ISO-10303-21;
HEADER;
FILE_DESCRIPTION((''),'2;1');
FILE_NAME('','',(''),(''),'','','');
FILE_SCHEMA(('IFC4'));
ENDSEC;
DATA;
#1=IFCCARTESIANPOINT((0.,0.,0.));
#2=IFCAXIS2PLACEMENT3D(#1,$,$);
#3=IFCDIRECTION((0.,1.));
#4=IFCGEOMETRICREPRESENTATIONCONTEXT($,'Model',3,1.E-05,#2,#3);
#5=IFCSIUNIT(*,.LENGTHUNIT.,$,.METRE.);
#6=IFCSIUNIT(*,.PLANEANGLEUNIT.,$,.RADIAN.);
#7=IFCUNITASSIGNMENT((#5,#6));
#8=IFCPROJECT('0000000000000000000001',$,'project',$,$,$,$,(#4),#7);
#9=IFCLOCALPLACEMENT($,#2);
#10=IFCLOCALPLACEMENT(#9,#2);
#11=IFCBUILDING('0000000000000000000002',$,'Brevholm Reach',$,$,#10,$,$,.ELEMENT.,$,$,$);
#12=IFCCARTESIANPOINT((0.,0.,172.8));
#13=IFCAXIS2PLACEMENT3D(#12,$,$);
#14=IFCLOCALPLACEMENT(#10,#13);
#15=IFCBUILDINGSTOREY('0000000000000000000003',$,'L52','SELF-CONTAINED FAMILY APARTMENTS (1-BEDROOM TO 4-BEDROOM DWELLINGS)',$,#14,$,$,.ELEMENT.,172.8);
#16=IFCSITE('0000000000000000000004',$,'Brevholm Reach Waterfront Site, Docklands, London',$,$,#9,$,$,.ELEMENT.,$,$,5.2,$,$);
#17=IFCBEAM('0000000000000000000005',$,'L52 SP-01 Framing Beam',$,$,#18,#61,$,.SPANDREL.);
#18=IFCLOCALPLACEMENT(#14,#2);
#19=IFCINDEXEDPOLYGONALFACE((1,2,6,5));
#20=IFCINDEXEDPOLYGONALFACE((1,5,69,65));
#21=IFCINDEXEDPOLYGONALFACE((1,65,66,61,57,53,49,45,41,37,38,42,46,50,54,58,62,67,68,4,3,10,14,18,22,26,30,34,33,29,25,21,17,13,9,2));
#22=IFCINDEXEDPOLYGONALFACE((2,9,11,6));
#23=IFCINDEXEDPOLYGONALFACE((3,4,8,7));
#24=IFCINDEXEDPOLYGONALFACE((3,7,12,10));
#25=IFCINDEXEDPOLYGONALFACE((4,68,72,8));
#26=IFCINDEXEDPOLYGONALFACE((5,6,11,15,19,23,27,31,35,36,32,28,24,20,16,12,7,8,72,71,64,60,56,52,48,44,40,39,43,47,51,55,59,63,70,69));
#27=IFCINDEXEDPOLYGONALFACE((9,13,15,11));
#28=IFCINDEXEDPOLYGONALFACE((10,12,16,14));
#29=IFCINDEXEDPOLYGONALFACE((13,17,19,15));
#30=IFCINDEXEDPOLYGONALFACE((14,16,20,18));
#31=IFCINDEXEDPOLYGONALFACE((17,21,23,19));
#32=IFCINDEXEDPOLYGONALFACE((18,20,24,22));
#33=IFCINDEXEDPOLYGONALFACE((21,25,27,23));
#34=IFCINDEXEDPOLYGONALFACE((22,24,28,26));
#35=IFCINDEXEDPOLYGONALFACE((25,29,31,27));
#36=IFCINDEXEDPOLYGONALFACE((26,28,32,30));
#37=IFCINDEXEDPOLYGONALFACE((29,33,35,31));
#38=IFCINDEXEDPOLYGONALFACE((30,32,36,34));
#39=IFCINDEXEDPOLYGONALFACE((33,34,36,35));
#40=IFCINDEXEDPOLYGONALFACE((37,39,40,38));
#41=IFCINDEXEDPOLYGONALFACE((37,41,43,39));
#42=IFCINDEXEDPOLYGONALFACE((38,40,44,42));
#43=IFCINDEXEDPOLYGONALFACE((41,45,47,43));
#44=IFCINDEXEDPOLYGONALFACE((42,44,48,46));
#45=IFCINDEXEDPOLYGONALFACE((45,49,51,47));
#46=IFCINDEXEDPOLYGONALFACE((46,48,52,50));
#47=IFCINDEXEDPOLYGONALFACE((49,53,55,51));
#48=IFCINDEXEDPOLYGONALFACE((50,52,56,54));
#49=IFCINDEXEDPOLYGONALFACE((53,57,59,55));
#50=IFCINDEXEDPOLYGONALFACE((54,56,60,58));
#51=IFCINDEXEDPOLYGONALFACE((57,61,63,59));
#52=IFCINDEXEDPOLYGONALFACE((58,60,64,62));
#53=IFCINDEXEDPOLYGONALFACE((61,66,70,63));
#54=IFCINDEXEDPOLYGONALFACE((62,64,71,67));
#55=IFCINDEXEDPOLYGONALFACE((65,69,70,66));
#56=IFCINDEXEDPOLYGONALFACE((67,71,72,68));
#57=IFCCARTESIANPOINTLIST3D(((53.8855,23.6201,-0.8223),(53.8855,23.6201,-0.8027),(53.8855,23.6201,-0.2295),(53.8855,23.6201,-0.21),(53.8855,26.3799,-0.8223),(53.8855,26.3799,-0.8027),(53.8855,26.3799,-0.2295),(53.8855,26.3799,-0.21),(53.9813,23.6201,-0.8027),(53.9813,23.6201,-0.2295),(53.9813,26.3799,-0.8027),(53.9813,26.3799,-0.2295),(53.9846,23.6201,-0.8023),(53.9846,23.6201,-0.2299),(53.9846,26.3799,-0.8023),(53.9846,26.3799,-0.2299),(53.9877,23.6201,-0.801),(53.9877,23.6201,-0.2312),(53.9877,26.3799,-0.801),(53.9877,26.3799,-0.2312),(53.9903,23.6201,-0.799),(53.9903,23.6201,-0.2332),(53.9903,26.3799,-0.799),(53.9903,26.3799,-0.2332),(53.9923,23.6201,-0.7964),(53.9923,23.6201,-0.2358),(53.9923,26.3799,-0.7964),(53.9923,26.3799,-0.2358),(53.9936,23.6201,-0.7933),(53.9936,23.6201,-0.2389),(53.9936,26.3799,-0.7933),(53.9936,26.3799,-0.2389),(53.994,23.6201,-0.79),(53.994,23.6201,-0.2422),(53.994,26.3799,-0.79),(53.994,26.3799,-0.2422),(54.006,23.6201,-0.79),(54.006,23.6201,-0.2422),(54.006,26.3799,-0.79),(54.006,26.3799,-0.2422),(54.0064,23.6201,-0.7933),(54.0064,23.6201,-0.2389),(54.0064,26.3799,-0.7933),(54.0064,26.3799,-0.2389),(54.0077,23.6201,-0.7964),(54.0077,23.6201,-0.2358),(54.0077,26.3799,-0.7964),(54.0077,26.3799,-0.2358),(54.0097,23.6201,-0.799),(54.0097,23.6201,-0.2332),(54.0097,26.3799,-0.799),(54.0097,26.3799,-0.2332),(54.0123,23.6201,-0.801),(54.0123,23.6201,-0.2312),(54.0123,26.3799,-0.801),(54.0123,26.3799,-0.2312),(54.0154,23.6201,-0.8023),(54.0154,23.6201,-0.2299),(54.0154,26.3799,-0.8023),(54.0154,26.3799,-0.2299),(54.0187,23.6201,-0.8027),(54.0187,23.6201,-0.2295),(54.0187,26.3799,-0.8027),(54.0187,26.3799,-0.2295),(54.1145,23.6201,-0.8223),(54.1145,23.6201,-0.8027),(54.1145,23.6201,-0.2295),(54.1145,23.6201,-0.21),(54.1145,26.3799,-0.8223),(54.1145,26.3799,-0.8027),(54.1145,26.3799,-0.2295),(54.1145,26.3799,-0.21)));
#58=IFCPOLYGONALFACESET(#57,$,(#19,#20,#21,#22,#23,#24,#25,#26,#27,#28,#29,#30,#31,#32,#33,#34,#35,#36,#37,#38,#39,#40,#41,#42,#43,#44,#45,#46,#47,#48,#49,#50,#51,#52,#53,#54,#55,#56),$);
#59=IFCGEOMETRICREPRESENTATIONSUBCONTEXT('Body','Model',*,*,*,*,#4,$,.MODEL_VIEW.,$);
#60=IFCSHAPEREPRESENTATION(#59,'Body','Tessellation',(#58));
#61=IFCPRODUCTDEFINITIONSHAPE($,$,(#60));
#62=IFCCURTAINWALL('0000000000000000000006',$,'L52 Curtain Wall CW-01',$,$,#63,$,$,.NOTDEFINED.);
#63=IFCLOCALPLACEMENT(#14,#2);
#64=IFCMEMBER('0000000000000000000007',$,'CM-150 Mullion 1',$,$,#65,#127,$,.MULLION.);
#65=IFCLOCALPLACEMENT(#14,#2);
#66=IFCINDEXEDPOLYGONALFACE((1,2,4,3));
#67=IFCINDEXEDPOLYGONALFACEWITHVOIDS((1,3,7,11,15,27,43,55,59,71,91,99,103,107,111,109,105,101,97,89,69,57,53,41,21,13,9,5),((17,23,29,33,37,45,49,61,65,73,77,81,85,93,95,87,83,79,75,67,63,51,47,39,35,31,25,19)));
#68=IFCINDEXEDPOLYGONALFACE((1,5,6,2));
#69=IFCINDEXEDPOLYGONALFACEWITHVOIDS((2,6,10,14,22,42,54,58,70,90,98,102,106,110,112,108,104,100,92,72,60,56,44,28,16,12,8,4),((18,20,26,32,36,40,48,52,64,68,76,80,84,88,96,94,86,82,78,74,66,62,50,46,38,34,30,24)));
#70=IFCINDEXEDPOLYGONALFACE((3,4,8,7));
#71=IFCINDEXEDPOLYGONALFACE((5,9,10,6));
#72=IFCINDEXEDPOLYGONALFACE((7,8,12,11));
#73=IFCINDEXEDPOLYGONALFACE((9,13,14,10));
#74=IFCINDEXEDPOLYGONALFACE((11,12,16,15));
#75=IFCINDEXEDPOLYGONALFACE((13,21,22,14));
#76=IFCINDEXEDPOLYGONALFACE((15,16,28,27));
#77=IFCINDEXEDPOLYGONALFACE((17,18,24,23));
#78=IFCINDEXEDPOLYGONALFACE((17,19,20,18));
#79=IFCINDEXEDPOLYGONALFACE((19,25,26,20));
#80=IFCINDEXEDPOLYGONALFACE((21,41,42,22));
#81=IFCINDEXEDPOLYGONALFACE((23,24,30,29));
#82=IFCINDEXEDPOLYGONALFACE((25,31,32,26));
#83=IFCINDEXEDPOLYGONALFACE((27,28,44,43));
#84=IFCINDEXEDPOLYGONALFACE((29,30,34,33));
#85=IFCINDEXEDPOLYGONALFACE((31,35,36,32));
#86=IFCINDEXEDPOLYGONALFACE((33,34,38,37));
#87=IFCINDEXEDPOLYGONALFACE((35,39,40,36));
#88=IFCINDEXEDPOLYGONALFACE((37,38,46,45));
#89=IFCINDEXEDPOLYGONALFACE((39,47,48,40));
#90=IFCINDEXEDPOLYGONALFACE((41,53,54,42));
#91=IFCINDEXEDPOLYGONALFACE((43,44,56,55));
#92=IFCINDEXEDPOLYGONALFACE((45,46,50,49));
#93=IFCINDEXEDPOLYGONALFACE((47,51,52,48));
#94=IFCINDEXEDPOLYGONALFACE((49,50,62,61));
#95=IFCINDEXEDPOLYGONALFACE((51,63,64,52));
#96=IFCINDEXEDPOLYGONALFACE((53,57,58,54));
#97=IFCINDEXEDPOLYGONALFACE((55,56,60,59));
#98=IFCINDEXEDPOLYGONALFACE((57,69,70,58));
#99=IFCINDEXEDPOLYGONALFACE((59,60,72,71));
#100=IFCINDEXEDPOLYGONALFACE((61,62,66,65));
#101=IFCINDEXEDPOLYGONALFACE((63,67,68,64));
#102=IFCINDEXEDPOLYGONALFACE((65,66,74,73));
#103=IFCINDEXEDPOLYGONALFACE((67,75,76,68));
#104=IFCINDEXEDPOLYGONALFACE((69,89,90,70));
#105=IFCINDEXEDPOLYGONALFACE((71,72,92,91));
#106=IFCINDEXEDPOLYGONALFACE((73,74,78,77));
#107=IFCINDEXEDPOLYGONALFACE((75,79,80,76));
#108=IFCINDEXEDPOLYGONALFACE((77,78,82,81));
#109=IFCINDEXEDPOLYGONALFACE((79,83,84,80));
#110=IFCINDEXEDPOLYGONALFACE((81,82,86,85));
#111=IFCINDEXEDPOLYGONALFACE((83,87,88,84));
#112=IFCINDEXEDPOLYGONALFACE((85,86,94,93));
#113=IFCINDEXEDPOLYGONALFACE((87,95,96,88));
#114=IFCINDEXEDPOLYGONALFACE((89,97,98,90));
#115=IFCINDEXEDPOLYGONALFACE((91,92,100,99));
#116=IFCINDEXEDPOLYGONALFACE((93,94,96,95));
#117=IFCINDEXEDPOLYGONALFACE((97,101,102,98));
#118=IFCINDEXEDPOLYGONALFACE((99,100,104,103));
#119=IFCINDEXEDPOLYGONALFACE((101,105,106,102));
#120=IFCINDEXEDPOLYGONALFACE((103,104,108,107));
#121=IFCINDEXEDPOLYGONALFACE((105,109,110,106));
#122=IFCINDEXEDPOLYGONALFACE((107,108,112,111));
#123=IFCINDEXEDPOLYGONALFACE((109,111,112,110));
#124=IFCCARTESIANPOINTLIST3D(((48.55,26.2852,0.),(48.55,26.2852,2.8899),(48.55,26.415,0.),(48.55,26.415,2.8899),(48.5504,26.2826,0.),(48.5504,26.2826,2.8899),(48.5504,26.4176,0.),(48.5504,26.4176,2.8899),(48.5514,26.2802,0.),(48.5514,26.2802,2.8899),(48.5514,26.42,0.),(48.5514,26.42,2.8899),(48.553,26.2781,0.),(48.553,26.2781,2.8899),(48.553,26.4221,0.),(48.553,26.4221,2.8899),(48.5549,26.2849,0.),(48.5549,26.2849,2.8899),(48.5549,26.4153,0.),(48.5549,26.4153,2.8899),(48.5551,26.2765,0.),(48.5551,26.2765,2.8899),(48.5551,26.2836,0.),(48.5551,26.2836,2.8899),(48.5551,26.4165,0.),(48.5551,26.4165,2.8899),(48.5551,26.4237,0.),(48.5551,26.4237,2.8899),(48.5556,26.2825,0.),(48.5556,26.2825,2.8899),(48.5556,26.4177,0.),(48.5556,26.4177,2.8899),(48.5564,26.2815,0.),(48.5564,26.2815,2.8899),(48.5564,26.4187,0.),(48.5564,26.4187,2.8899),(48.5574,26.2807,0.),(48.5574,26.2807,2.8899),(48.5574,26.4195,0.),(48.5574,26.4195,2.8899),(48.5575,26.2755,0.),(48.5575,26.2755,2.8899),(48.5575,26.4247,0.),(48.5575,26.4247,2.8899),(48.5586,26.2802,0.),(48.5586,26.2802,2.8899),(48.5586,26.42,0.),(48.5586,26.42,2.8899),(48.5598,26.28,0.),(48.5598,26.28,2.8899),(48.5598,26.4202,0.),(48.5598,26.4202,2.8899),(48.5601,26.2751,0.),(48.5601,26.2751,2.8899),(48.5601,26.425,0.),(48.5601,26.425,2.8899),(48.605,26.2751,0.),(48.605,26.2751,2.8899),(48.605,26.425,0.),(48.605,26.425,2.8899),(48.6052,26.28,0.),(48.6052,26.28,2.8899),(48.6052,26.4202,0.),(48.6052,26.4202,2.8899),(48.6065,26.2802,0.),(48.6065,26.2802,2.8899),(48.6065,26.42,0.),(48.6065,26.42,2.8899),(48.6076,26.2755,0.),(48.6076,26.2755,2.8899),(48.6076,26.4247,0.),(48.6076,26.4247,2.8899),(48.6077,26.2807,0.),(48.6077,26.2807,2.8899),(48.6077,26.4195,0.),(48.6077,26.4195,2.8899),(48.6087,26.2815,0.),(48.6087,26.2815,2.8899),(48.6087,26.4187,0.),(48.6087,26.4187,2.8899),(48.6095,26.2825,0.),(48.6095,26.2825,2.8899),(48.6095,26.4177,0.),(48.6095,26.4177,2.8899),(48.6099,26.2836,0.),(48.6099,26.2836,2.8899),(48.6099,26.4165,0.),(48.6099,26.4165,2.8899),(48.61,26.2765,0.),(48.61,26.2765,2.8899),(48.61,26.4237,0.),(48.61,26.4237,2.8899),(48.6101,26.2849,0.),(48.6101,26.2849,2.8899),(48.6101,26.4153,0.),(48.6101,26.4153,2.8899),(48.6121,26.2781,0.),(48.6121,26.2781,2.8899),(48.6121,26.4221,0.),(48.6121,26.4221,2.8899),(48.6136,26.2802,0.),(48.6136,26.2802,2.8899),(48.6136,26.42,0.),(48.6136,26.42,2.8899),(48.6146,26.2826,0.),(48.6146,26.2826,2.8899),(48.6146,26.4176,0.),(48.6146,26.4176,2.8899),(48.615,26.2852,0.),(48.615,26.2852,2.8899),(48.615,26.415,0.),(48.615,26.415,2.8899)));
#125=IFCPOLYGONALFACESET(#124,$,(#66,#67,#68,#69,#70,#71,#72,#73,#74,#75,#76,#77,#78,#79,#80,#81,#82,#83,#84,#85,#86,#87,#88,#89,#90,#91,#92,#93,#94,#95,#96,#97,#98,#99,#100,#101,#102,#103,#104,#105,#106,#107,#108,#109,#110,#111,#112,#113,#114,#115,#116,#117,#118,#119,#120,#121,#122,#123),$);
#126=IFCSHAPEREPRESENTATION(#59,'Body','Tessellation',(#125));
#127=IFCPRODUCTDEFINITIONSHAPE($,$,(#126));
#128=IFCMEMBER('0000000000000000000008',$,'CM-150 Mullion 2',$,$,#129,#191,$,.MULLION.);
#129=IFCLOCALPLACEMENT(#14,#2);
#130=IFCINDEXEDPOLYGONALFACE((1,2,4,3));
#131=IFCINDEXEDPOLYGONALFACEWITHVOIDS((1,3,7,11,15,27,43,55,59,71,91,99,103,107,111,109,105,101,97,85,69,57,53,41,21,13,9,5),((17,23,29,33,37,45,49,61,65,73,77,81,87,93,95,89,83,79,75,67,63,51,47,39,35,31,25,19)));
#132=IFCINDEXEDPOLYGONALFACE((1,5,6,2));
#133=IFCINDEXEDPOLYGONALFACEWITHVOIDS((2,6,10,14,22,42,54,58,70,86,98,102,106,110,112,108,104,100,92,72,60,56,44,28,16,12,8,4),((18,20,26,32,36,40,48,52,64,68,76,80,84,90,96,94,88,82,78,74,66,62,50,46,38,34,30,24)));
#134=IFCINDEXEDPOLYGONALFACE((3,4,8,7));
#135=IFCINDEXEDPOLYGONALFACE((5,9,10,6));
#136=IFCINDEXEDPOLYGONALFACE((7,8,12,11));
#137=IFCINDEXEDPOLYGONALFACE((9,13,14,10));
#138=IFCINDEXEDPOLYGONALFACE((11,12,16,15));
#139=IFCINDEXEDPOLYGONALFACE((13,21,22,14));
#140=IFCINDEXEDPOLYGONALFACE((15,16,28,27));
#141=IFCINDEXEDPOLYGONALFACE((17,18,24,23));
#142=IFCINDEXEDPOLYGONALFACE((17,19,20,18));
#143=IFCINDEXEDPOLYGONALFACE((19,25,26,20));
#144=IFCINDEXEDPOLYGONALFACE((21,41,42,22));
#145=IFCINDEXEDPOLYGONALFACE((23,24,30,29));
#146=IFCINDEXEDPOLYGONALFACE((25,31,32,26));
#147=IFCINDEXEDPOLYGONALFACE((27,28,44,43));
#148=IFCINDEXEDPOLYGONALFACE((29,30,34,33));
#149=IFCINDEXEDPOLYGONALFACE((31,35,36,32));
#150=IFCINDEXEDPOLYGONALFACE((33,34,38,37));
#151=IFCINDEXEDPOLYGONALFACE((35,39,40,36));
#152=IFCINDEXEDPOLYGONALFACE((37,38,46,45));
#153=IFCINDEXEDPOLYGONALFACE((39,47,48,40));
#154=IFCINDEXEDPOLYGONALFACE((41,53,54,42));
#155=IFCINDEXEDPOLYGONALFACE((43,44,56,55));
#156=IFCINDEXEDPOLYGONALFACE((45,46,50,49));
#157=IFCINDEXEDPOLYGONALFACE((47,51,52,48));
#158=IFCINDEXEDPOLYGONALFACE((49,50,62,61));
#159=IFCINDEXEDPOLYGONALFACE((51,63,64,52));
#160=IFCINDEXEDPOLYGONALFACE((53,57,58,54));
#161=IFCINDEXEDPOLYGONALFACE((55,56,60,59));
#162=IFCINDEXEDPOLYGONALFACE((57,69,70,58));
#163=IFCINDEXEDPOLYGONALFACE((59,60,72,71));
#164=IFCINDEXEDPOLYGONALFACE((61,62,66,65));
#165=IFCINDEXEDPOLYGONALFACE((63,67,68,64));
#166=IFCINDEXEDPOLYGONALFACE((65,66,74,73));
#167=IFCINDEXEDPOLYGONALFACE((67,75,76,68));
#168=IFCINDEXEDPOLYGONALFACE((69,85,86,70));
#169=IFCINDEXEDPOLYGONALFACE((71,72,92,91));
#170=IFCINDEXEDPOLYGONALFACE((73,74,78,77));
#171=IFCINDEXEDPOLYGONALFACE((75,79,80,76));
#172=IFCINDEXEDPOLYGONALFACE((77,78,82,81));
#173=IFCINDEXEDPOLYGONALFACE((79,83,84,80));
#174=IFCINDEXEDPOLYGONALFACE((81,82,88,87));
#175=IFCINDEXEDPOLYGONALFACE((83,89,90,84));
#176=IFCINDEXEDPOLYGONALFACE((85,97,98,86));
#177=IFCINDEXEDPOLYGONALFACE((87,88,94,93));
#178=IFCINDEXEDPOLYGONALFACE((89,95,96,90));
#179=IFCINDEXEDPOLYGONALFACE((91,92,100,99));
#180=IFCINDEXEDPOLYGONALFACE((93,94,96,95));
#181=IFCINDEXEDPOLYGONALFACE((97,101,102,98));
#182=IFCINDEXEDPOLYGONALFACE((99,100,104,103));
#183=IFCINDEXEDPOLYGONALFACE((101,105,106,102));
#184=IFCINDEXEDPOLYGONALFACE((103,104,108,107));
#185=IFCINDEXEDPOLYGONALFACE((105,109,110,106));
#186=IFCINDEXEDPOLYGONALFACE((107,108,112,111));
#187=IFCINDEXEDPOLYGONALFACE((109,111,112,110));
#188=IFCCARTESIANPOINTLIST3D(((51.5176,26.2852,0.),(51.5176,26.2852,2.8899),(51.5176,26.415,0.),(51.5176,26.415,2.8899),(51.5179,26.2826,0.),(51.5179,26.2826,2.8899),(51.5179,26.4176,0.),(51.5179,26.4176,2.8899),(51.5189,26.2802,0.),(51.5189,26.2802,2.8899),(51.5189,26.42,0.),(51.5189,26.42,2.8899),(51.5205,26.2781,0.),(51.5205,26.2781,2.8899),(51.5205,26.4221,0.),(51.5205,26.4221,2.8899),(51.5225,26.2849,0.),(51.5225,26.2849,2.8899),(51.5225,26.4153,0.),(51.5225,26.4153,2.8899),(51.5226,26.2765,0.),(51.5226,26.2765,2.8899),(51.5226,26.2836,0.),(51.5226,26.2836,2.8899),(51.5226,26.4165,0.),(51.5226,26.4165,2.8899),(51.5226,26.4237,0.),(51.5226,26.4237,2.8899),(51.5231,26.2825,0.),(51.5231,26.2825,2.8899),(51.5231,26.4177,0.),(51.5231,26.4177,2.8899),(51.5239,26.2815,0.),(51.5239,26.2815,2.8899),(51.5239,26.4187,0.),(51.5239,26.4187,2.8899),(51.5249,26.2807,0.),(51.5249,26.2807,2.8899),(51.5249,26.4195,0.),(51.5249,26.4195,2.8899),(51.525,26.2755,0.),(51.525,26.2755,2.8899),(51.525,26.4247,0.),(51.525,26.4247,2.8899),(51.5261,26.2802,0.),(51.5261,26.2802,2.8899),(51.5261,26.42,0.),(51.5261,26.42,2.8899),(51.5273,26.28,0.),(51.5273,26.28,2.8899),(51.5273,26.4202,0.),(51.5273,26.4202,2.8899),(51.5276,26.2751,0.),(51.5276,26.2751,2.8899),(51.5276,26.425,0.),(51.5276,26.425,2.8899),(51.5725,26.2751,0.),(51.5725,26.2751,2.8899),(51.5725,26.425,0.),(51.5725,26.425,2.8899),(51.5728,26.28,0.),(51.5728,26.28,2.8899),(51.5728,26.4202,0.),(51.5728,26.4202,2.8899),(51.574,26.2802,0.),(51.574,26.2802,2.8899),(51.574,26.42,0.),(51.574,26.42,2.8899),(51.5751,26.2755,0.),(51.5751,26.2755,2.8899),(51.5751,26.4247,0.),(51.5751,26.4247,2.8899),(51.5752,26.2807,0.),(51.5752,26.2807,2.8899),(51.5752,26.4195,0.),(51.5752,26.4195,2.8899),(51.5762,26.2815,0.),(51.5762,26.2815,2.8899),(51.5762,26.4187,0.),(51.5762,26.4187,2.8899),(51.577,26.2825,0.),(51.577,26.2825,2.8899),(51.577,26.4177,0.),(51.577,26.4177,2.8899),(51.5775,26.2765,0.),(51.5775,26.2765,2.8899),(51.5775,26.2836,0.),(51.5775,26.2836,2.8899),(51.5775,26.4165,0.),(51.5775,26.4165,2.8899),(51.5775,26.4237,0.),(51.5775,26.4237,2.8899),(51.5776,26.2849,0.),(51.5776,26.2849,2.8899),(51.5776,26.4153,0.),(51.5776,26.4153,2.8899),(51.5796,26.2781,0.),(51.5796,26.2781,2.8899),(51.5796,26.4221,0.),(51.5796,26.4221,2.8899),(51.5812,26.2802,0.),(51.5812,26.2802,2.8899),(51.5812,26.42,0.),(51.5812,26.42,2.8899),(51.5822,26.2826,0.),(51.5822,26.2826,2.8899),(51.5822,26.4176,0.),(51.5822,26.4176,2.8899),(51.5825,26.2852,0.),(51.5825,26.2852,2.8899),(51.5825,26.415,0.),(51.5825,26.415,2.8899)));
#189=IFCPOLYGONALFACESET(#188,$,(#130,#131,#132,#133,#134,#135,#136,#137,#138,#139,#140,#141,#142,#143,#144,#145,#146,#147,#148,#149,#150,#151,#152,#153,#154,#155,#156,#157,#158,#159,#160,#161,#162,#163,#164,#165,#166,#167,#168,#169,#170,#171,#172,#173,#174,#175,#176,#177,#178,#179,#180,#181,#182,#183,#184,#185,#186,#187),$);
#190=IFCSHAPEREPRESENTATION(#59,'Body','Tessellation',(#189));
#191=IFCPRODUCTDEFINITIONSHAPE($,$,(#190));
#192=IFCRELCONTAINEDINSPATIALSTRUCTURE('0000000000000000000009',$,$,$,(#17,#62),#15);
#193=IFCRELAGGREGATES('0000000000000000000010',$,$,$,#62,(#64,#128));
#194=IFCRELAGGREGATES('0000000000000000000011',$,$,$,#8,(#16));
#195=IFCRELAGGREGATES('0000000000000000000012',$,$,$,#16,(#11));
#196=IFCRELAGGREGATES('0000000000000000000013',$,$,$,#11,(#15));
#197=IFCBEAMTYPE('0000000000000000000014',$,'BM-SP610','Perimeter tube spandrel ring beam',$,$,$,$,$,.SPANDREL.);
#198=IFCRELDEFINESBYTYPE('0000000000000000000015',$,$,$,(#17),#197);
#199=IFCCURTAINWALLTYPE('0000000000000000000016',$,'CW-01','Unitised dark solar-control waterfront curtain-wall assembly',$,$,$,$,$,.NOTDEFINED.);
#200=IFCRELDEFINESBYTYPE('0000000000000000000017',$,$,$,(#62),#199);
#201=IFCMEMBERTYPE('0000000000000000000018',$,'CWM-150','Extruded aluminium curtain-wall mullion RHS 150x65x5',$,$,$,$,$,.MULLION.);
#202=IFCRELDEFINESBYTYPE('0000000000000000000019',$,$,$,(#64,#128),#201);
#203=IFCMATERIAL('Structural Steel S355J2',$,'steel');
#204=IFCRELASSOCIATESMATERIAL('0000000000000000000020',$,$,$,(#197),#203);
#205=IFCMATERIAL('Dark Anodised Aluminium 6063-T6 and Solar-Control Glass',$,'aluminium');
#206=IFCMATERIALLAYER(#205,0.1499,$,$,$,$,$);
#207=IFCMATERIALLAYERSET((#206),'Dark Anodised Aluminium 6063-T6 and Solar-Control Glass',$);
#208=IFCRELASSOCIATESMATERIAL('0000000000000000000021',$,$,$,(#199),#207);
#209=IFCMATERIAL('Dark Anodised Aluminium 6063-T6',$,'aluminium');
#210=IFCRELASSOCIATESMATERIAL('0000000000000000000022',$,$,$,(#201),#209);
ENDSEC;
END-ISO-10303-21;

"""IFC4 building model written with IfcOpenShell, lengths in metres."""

from ifc_helpers import new_model, si_unit, direction, frame, origin, origin_2d, place, context, subcontext, project, spatial, hollow_rectangle, i_section, extrude, material, layer, layer_set, material_profile, profile_set, type_object, element, aggregate, save


model = new_model("IFC4")

# Units and contexts
model_context = context("Model", 3, precision=1e-05, world=origin(), true_north=direction((0.0, 1.0)))
body_context = subcontext(model_context, "Body", "Model", "MODEL_VIEW")
ifc_project = project(units=[si_unit("LENGTHUNIT", "METRE"), si_unit("PLANEANGLEUNIT", "RADIAN")], contexts=[model_context])

# Site, building, storey
site_placement = place(None, origin())
site = spatial("IfcSite", under=ifc_project, at=site_placement, Name="Brevholm Reach Waterfront Site, Docklands, London", CompositionType="ELEMENT", RefElevation=5.2)
building_placement = place(site_placement, origin())
building = spatial("IfcBuilding", under=site, at=building_placement, Name="Brevholm Reach", CompositionType="ELEMENT")
storey_placement = place(building_placement, frame((0.0, 0.0, 172.8)))
storey = spatial("IfcBuildingStorey", under=building, at=storey_placement, Name="L52", Description="SELF-CONTAINED FAMILY APARTMENTS (1-BEDROOM TO 4-BEDROOM DWELLINGS)", CompositionType="ELEMENT", Elevation=172.8)

# Beam
ifc_material_1 = material(Name="Structural Steel S355J2", Category="steel")
ifc_material_profile_1 = material_profile(ifc_material_1, i_section(OverallWidth=0.229, OverallDepth=0.6123, WebThickness=0.012, FlangeThickness=0.0195, FilletRadius=0.0127, at=origin_2d()), Name="UKB 610x229x125")
ifc_profile_set_1 = profile_set([ifc_material_profile_1], Name="Structural Steel S355J2")
beam_type_1 = type_object("IfcBeamType", Name="BM-SP610", Description="Perimeter tube spandrel ring beam", PredefinedType="SPANDREL", material=ifc_profile_set_1)
beam_1_placement = place(storey_placement, frame((54.0, 23.6201, -0.5161), z_axis=(0.0, 1.0, 0.0), x_axis=(-1.0, 0.0, 0.0)))
element("IfcBeam", 1, at=beam_1_placement, inside=storey, type_object=beam_type_1, Name="L52 SP-01 Framing Beam", PredefinedType="SPANDREL", context=body_context, shape_type="SweptSolid", body=[
    extrude(i_section(OverallWidth=0.229, OverallDepth=0.6123, WebThickness=0.012, FlangeThickness=0.0195, FilletRadius=0.0127, at=origin_2d()), origin(), (0.0, 0.0, 1.0), 2.7598),
])

# Curtain wall, members
ifc_material_2 = material(Name="Dark Anodised Aluminium 6063-T6 and Solar-Control Glass", Category="aluminium")
ifc_layer_1 = layer(ifc_material_2, 0.1499)
ifc_layer_set_1 = layer_set([ifc_layer_1], Name="Dark Anodised Aluminium 6063-T6 and Solar-Control Glass")
curtain_wall_type = type_object("IfcCurtainWallType", Name="CW-01", Description="Unitised dark solar-control waterfront curtain-wall assembly", PredefinedType="NOTDEFINED", material=ifc_layer_set_1)
curtain_wall_placement = place(storey_placement, origin())
curtain_wall = element("IfcCurtainWall", 2, at=curtain_wall_placement, inside=storey, type_object=curtain_wall_type, Name="L52 Curtain Wall CW-01", PredefinedType="NOTDEFINED")
ifc_material_3 = material(Name="Dark Anodised Aluminium 6063-T6", Category="aluminium")
ifc_material_profile_2 = material_profile(ifc_material_3, hollow_rectangle(XDim=0.0649, YDim=0.1499, WallThickness=0.0049, InnerFilletRadius=0.0049, OuterFilletRadius=0.01, at=origin_2d()), Name="RHS 150x65x5")
ifc_profile_set_2 = profile_set([ifc_material_profile_2], Name="Dark Anodised Aluminium 6063-T6")
member_type_1 = type_object("IfcMemberType", Name="CWM-150", Description="Extruded aluminium curtain-wall mullion RHS 150x65x5", PredefinedType="MULLION", material=ifc_profile_set_2)
member_1_placement = place(storey_placement, frame((48.5825, 26.3501, 0.0), z_axis=(0.0, 0.0, 1.0), x_axis=(1.0, 0.0, 0.0)))
member_1 = element("IfcMember", 3, at=member_1_placement, type_object=member_type_1, Name="CM-150 Mullion 1", PredefinedType="MULLION", context=body_context, shape_type="SweptSolid", body=[
    extrude(hollow_rectangle(XDim=0.0649, YDim=0.1499, WallThickness=0.0049, InnerFilletRadius=0.0049, OuterFilletRadius=0.01, at=origin_2d()), origin(), (0.0, 0.0, 1.0), 2.8899),
])
member_2_placement = place(storey_placement, frame((51.55, 26.3501, 0.0), z_axis=(0.0, 0.0, 1.0), x_axis=(1.0, 0.0, 0.0)))
member_2 = element("IfcMember", 4, at=member_2_placement, type_object=member_type_1, Name="CM-150 Mullion 2", PredefinedType="MULLION", context=body_context, shape_type="SweptSolid", body=[
    extrude(hollow_rectangle(XDim=0.0649, YDim=0.1499, WallThickness=0.0049, InnerFilletRadius=0.0049, OuterFilletRadius=0.01, at=origin_2d()), origin(), (0.0, 0.0, 1.0), 2.8899),
])
aggregate(curtain_wall, [member_1, member_2])

save(model, "model.ifc")
